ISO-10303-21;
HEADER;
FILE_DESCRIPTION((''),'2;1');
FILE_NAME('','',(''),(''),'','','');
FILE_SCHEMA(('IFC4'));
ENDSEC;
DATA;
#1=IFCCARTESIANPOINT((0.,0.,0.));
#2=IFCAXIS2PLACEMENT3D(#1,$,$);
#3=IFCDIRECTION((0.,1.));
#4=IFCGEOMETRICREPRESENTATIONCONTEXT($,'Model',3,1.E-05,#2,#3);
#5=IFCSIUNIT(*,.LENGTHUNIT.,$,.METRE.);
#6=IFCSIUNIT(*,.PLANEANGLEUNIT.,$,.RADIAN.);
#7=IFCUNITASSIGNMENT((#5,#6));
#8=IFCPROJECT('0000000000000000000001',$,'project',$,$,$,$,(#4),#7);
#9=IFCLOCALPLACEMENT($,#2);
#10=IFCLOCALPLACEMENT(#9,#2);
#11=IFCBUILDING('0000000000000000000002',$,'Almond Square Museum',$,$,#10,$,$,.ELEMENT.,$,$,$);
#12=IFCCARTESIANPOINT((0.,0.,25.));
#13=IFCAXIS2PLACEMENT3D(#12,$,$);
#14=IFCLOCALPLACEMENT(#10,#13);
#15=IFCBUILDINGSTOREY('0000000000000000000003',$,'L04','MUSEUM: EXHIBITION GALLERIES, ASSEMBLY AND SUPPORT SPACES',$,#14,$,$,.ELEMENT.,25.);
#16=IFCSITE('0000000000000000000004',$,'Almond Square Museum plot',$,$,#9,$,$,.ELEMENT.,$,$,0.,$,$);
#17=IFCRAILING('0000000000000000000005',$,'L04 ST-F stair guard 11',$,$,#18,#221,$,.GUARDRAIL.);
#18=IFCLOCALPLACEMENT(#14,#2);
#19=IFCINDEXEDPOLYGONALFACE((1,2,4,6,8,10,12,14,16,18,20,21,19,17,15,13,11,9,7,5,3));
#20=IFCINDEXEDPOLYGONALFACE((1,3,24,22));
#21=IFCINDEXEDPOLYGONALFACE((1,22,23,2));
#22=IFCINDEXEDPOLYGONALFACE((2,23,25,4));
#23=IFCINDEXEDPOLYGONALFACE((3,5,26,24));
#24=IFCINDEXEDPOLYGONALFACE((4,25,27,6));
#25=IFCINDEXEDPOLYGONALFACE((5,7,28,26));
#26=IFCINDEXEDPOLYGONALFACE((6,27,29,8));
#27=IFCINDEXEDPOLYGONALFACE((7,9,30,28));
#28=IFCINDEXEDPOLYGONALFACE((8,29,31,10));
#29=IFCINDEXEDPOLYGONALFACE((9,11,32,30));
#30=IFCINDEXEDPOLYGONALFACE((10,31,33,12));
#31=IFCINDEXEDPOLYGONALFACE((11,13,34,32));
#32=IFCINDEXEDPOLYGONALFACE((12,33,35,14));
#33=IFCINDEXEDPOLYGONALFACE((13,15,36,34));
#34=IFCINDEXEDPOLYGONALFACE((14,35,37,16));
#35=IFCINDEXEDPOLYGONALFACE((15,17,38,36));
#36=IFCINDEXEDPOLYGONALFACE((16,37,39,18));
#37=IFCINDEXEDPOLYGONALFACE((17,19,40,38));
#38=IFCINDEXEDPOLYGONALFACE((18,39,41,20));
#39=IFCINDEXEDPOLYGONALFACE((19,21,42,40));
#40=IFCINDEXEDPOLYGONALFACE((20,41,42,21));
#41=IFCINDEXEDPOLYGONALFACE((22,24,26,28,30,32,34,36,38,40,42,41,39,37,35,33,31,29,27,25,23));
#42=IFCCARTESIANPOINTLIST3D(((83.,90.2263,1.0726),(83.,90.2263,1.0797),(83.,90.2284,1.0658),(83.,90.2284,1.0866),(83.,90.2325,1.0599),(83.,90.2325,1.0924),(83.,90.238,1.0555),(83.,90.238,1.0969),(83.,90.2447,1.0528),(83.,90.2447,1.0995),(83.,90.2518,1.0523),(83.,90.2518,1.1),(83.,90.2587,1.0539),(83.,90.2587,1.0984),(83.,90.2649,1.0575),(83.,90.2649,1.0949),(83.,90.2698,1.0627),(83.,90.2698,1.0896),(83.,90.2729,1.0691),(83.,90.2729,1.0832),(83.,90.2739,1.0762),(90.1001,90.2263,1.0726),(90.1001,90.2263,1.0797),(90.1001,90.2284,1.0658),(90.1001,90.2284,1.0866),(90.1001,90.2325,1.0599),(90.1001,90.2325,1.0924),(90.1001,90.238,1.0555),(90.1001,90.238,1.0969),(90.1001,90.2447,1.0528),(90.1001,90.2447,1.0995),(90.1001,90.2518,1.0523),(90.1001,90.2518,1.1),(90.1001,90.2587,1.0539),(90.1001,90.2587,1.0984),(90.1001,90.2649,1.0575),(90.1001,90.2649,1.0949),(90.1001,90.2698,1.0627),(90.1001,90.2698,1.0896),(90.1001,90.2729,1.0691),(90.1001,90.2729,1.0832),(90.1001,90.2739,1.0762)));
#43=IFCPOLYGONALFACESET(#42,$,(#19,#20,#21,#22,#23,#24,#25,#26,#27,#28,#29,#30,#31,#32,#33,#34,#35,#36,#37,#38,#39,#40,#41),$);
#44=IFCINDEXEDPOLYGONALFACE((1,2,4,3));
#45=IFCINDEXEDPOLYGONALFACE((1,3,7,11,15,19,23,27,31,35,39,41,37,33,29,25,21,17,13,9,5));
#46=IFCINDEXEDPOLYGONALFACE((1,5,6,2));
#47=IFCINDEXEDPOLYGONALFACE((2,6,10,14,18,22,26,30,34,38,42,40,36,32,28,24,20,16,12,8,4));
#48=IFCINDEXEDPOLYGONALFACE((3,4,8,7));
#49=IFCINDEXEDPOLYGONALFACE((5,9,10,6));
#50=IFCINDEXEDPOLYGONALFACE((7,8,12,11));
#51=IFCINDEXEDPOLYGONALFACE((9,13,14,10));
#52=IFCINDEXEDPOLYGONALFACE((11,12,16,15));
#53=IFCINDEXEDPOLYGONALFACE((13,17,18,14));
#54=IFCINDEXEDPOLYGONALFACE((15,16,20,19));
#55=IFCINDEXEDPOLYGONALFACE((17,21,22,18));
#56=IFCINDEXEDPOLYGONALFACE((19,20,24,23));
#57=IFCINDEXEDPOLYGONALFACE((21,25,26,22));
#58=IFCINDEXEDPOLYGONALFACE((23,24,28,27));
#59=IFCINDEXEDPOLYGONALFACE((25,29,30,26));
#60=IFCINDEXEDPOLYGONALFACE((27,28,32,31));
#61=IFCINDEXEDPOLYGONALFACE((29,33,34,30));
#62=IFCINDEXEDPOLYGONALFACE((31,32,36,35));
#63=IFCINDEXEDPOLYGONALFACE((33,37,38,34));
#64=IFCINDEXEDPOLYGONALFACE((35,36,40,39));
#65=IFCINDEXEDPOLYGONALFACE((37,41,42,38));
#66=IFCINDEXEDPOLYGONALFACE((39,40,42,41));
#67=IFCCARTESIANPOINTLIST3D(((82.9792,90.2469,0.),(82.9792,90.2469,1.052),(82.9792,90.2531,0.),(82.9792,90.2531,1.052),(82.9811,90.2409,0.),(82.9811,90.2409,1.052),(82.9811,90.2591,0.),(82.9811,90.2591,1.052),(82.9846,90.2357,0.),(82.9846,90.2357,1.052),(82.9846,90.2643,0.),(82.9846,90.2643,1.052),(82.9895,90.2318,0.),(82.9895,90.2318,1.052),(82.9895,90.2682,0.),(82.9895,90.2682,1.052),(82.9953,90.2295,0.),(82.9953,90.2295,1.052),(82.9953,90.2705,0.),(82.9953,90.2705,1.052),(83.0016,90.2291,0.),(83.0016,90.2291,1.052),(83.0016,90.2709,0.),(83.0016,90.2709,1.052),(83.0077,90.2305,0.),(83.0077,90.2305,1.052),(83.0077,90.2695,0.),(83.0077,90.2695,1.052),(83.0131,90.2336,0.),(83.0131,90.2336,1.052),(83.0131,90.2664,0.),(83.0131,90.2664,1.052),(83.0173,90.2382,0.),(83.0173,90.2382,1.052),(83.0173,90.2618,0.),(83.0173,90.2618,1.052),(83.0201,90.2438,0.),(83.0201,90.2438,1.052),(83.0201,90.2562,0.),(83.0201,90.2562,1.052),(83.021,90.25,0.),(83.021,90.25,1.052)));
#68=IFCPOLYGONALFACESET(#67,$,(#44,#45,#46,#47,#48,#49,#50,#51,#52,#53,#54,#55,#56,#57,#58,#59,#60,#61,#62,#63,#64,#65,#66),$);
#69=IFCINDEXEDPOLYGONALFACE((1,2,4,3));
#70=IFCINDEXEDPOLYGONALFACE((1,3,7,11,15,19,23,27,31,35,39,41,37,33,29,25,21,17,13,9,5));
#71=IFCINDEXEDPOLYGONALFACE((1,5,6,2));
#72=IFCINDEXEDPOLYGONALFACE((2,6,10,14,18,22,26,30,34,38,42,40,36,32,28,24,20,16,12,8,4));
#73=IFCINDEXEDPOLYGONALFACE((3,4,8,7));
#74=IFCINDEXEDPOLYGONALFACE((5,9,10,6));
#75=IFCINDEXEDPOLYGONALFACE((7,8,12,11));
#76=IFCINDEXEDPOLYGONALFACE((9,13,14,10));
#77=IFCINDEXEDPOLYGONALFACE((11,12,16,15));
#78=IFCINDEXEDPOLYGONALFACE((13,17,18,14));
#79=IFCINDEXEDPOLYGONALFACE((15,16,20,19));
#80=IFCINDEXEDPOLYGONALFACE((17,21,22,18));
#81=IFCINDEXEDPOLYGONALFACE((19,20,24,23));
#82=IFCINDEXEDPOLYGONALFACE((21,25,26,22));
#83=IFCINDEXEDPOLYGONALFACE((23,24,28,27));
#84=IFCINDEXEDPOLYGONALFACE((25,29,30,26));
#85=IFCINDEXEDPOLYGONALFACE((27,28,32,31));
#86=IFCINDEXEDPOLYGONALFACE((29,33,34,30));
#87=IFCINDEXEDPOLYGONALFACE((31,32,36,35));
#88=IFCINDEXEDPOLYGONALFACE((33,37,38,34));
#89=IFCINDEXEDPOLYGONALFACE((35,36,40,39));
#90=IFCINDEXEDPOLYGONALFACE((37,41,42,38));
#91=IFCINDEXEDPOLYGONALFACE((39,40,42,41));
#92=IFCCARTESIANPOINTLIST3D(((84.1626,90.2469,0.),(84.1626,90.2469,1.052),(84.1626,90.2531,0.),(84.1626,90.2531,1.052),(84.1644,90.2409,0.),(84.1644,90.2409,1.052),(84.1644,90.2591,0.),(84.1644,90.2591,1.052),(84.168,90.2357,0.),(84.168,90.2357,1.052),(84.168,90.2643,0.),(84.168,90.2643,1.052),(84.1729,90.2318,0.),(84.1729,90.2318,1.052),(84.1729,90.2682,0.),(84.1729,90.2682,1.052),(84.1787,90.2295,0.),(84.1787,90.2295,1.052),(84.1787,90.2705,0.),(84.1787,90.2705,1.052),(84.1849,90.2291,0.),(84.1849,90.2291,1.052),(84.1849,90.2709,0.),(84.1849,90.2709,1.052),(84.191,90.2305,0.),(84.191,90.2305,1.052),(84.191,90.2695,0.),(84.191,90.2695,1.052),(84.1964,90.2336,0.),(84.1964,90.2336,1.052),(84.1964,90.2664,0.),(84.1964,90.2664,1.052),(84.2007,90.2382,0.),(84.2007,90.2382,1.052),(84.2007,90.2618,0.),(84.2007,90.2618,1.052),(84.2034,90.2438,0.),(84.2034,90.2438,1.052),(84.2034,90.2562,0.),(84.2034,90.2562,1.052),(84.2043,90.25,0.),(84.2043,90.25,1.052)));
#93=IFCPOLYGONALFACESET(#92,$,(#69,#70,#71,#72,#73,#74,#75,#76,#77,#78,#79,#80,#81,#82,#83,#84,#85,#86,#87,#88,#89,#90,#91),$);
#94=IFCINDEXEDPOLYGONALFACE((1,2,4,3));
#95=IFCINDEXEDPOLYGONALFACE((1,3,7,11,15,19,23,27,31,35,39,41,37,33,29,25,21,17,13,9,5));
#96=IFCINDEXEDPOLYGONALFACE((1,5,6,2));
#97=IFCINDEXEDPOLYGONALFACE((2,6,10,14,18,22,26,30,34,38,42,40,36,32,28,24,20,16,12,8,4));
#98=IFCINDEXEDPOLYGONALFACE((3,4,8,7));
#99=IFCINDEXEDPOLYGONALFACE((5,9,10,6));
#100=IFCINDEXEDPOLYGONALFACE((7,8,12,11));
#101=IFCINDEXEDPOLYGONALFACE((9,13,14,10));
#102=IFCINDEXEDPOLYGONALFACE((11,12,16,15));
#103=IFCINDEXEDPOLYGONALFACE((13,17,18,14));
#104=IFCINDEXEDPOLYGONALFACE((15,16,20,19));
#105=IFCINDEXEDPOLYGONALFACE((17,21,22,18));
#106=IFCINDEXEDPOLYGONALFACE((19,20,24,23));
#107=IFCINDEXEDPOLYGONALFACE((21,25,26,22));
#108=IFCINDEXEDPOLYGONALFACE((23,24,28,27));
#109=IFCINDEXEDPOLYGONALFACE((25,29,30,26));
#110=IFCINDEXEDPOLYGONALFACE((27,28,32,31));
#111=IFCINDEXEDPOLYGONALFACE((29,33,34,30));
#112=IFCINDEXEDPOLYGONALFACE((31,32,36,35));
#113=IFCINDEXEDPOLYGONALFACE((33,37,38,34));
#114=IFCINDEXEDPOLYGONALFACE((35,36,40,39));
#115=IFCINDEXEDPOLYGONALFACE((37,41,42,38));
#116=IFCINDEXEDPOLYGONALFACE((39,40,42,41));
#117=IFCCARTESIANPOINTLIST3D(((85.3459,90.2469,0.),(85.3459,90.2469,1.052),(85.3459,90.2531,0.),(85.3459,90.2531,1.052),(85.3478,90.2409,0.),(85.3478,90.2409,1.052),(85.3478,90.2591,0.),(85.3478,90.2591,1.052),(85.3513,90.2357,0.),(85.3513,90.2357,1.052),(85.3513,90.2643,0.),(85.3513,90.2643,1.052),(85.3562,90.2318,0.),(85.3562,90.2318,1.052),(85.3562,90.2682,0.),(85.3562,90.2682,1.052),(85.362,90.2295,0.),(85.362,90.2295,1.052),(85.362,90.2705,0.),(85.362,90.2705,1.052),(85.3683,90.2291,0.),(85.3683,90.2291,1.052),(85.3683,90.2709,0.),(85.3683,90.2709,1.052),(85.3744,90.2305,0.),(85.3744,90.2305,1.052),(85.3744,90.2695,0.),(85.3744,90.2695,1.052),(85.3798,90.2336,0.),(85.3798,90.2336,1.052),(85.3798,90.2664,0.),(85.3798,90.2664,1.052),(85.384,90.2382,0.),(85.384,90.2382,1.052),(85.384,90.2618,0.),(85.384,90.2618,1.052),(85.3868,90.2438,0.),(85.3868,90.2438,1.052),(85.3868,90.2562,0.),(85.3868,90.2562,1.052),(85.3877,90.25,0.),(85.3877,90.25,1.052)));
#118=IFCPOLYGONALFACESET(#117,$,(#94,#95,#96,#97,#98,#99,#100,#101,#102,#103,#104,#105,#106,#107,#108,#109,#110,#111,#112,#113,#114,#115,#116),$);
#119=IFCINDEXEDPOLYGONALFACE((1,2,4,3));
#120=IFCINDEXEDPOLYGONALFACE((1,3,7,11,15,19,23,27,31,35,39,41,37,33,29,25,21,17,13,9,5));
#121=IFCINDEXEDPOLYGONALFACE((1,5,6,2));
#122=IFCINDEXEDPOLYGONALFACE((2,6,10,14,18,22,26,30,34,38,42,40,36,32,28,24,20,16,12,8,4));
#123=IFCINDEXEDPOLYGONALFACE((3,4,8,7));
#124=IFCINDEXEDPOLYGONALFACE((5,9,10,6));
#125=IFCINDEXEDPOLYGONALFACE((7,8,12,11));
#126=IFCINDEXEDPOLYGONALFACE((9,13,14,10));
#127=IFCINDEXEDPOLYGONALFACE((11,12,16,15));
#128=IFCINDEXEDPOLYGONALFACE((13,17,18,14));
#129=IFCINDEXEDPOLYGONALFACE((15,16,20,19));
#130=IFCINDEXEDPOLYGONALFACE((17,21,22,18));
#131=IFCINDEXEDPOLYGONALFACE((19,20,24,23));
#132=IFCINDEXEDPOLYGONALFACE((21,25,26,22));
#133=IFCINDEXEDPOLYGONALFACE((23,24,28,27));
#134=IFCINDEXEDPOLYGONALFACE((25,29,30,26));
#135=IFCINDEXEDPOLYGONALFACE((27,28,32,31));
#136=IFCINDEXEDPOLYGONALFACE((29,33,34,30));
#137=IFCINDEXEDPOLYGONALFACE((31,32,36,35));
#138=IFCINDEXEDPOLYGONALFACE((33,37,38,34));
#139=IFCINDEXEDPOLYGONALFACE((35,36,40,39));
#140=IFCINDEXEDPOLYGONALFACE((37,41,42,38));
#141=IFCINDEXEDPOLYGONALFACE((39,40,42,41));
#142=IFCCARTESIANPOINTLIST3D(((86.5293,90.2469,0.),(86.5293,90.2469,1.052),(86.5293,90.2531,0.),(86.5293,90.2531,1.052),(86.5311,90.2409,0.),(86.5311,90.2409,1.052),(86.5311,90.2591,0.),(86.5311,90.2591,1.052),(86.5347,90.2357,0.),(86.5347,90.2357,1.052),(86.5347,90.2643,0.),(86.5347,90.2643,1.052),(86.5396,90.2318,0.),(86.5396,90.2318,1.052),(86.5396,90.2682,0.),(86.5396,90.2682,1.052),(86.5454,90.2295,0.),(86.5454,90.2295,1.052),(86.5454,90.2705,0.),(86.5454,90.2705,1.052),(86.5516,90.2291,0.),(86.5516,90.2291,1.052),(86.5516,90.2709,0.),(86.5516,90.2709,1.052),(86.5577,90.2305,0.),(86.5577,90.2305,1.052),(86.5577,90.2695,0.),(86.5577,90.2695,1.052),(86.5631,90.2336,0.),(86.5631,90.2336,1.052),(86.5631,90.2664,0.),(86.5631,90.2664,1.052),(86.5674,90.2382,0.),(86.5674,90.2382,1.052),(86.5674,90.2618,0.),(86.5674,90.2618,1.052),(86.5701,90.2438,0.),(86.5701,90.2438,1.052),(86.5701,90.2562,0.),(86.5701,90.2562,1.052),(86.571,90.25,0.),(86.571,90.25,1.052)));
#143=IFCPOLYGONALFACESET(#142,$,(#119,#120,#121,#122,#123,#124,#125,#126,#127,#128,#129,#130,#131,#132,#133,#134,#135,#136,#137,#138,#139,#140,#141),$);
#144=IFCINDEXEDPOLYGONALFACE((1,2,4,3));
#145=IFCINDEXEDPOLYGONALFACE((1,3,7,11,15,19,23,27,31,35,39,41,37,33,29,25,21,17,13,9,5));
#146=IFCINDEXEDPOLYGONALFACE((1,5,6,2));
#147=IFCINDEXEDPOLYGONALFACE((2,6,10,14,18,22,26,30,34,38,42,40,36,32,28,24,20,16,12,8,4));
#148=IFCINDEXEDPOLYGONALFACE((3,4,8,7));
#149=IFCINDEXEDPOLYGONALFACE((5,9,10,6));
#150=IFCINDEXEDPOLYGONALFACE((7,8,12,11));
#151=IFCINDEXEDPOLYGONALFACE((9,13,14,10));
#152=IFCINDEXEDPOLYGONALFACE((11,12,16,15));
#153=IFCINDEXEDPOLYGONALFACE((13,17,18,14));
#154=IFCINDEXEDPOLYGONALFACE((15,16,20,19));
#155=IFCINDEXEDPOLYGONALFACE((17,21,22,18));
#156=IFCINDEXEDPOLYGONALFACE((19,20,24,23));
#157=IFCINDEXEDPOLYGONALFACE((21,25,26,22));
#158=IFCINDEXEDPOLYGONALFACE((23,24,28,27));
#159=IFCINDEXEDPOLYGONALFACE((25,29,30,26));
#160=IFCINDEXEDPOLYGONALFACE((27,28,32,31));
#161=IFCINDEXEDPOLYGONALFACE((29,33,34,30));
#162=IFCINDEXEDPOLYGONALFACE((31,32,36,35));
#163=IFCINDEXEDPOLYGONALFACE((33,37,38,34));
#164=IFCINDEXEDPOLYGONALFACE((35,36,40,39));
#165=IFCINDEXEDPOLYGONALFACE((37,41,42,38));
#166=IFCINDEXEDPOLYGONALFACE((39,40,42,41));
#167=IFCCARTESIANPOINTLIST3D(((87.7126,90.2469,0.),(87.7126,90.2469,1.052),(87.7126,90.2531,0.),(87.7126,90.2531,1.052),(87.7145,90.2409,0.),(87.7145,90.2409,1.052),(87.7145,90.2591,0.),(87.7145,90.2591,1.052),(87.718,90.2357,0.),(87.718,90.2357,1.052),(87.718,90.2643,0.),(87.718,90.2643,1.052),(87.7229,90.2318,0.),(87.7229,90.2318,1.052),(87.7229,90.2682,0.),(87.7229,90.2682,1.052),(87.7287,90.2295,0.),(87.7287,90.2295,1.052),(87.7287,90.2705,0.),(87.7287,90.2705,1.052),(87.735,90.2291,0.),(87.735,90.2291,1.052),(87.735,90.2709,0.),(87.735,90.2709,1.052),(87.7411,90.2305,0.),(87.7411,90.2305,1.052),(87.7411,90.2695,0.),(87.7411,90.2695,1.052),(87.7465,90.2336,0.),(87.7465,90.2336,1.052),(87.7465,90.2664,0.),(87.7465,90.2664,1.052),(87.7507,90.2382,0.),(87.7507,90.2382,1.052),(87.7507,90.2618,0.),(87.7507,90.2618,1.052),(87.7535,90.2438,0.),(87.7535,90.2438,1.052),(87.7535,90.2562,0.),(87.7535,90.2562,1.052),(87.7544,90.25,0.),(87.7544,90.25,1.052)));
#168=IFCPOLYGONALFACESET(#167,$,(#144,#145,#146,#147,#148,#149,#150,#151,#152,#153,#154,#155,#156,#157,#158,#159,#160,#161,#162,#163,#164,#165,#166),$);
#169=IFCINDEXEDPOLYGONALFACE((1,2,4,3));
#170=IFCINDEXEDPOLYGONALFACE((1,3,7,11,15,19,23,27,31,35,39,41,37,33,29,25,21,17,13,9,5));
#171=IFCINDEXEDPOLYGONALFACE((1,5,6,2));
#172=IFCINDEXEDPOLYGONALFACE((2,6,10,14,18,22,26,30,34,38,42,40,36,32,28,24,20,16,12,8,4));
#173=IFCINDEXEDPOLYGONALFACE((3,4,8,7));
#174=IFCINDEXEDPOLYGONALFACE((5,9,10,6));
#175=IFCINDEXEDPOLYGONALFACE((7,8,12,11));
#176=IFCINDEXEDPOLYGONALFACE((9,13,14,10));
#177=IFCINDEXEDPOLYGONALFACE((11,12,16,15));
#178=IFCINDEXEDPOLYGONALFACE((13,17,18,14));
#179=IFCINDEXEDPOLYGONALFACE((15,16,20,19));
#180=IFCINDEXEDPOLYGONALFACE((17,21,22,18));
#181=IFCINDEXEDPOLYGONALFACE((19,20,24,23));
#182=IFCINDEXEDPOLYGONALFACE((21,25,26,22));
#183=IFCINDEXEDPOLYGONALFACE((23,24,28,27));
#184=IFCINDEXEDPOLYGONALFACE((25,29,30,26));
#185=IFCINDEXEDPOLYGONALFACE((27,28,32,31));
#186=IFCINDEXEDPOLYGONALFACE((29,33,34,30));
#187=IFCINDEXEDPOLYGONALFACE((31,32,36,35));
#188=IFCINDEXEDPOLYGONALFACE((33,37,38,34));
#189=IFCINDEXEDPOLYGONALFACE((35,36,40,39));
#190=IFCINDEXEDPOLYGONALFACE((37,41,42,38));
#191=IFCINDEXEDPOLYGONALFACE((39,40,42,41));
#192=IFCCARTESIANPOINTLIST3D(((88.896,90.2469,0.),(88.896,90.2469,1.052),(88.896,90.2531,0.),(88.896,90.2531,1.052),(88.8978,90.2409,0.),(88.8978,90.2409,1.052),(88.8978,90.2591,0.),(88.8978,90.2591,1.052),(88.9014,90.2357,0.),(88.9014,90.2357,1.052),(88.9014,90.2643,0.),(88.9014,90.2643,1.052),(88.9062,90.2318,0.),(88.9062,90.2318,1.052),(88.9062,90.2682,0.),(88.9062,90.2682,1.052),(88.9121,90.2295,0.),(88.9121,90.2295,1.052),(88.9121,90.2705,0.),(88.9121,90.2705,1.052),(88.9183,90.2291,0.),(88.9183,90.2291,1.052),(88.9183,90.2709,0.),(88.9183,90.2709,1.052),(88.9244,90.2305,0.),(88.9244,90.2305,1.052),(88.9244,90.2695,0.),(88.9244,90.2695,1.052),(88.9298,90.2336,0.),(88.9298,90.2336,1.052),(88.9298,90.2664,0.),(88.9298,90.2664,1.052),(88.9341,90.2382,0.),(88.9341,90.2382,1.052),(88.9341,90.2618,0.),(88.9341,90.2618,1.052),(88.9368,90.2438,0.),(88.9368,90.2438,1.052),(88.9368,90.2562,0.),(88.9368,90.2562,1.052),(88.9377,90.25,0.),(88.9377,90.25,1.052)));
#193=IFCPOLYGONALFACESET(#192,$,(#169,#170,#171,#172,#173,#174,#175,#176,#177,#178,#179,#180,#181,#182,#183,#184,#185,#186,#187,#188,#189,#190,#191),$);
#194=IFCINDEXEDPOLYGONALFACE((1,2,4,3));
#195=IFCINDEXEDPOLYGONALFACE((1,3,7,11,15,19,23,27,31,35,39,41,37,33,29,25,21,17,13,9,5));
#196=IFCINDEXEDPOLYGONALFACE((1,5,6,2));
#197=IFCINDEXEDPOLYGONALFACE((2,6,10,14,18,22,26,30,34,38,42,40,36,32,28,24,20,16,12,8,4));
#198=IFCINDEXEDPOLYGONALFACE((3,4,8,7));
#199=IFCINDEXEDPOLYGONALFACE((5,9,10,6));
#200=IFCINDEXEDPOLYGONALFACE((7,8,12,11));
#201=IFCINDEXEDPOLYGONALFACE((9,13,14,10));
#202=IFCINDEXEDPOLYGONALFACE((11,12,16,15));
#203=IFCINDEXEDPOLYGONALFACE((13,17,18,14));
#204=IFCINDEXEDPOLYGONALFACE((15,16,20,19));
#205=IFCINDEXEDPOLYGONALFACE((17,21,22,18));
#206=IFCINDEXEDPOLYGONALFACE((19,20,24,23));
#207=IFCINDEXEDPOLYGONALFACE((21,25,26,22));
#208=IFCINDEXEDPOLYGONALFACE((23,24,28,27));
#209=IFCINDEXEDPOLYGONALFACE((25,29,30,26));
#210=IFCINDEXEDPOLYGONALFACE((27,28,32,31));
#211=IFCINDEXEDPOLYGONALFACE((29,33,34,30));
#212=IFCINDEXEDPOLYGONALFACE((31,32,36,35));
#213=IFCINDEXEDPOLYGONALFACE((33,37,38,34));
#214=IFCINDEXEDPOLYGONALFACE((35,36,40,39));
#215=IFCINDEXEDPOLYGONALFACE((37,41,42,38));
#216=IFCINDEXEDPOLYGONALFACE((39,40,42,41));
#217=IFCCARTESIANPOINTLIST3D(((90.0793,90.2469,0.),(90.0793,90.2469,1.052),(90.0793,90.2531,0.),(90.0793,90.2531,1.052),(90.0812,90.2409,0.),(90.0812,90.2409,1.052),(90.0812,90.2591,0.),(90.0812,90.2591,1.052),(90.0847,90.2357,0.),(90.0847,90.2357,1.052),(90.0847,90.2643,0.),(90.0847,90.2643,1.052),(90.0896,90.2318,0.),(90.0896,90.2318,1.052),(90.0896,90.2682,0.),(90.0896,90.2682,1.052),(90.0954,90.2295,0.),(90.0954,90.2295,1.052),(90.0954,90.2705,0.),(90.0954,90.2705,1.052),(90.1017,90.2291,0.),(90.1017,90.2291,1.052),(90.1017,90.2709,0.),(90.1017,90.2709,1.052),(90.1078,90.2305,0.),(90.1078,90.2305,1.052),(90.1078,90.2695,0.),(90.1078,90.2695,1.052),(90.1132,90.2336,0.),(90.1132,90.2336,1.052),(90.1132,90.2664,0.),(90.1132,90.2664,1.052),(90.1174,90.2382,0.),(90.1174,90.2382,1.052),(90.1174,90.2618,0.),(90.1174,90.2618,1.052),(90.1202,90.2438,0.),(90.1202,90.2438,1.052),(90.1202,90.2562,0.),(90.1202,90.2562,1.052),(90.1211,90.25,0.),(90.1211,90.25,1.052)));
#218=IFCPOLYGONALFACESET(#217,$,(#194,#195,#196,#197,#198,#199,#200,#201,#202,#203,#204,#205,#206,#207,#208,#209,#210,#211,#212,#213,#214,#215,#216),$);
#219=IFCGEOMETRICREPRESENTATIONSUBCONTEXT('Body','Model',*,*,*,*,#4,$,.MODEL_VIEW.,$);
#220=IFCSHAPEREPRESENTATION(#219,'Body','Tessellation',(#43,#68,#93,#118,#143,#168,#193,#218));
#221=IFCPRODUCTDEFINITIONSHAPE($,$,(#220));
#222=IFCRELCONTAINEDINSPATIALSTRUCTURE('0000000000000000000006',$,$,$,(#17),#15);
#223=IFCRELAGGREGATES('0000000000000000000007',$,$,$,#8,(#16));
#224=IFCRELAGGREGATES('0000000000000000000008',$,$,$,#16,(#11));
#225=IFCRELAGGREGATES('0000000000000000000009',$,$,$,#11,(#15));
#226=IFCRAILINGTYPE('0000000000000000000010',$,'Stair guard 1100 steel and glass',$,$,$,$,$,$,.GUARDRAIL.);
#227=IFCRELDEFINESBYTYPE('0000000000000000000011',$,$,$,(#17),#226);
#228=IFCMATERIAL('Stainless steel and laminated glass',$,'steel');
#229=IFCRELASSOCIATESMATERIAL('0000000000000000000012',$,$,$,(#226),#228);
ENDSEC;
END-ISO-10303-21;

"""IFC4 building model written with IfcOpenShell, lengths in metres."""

from ifc_helpers import new_model, si_unit, direction, frame, origin, origin_2d, place, context, subcontext, project, spatial, circle, extrude, material, type_object, element, save


model = new_model("IFC4")

# Units and contexts
model_context = context("Model", 3, precision=1e-05, world=origin(), true_north=direction((0.0, 1.0)))
body_context = subcontext(model_context, "Body", "Model", "MODEL_VIEW")
ifc_project = project(units=[si_unit("LENGTHUNIT", "METRE"), si_unit("PLANEANGLEUNIT", "RADIAN")], contexts=[model_context])

# Site, building, storey
site_placement = place(None, origin())
site = spatial("IfcSite", under=ifc_project, at=site_placement, Name="Almond Square Museum plot", CompositionType="ELEMENT", RefElevation=0.0)
building_placement = place(site_placement, origin())
building = spatial("IfcBuilding", under=site, at=building_placement, Name="Almond Square Museum", CompositionType="ELEMENT")
storey_placement = place(building_placement, frame((0.0, 0.0, 25.0)))
storey = spatial("IfcBuildingStorey", under=building, at=storey_placement, Name="L04", Description="MUSEUM: EXHIBITION GALLERIES, ASSEMBLY AND SUPPORT SPACES", CompositionType="ELEMENT", Elevation=25.0)

# Railing
ifc_material_1 = material(Name="Stainless steel and laminated glass", Category="steel")
railing_type_1 = type_object("IfcRailingType", Name="Stair guard 1100 steel and glass", PredefinedType="GUARDRAIL", material=ifc_material_1)
railing_1_placement = place(storey_placement, frame((83.0, 90.25, 0.0)))
element("IfcRailing", 1, at=railing_1_placement, inside=storey, type_object=railing_type_1, Name="L04 ST-F stair guard 11", PredefinedType="GUARDRAIL", context=body_context, shape_type="SweptSolid", body=[
    extrude(circle(Radius=0.0239, at=origin_2d()), frame((0.0, 0.0, 1.0762), z_axis=(1.0, 0.0, 0.0), x_axis=(0.0, 1.0, 0.0)), (0.0, 0.0, 1.0), 7.1001),
    extrude(circle(Radius=0.021, at=origin_2d()), origin(), (0.0, 0.0, 1.0), 1.052),
    extrude(circle(Radius=0.021, at=origin_2d()), frame((1.1833, 0.0, 0.0)), (0.0, 0.0, 1.0), 1.052),
    extrude(circle(Radius=0.021, at=origin_2d()), frame((2.3667, 0.0, 0.0)), (0.0, 0.0, 1.0), 1.052),
    extrude(circle(Radius=0.021, at=origin_2d()), frame((3.55, 0.0, 0.0)), (0.0, 0.0, 1.0), 1.052),
    extrude(circle(Radius=0.021, at=origin_2d()), frame((4.7334, 0.0, 0.0)), (0.0, 0.0, 1.0), 1.052),
    extrude(circle(Radius=0.021, at=origin_2d()), frame((5.9167, 0.0, 0.0)), (0.0, 0.0, 1.0), 1.052),
    extrude(circle(Radius=0.021, at=origin_2d()), frame((7.1001, 0.0, 0.0)), (0.0, 0.0, 1.0), 1.052),
])

save(model, "model.ifc")
